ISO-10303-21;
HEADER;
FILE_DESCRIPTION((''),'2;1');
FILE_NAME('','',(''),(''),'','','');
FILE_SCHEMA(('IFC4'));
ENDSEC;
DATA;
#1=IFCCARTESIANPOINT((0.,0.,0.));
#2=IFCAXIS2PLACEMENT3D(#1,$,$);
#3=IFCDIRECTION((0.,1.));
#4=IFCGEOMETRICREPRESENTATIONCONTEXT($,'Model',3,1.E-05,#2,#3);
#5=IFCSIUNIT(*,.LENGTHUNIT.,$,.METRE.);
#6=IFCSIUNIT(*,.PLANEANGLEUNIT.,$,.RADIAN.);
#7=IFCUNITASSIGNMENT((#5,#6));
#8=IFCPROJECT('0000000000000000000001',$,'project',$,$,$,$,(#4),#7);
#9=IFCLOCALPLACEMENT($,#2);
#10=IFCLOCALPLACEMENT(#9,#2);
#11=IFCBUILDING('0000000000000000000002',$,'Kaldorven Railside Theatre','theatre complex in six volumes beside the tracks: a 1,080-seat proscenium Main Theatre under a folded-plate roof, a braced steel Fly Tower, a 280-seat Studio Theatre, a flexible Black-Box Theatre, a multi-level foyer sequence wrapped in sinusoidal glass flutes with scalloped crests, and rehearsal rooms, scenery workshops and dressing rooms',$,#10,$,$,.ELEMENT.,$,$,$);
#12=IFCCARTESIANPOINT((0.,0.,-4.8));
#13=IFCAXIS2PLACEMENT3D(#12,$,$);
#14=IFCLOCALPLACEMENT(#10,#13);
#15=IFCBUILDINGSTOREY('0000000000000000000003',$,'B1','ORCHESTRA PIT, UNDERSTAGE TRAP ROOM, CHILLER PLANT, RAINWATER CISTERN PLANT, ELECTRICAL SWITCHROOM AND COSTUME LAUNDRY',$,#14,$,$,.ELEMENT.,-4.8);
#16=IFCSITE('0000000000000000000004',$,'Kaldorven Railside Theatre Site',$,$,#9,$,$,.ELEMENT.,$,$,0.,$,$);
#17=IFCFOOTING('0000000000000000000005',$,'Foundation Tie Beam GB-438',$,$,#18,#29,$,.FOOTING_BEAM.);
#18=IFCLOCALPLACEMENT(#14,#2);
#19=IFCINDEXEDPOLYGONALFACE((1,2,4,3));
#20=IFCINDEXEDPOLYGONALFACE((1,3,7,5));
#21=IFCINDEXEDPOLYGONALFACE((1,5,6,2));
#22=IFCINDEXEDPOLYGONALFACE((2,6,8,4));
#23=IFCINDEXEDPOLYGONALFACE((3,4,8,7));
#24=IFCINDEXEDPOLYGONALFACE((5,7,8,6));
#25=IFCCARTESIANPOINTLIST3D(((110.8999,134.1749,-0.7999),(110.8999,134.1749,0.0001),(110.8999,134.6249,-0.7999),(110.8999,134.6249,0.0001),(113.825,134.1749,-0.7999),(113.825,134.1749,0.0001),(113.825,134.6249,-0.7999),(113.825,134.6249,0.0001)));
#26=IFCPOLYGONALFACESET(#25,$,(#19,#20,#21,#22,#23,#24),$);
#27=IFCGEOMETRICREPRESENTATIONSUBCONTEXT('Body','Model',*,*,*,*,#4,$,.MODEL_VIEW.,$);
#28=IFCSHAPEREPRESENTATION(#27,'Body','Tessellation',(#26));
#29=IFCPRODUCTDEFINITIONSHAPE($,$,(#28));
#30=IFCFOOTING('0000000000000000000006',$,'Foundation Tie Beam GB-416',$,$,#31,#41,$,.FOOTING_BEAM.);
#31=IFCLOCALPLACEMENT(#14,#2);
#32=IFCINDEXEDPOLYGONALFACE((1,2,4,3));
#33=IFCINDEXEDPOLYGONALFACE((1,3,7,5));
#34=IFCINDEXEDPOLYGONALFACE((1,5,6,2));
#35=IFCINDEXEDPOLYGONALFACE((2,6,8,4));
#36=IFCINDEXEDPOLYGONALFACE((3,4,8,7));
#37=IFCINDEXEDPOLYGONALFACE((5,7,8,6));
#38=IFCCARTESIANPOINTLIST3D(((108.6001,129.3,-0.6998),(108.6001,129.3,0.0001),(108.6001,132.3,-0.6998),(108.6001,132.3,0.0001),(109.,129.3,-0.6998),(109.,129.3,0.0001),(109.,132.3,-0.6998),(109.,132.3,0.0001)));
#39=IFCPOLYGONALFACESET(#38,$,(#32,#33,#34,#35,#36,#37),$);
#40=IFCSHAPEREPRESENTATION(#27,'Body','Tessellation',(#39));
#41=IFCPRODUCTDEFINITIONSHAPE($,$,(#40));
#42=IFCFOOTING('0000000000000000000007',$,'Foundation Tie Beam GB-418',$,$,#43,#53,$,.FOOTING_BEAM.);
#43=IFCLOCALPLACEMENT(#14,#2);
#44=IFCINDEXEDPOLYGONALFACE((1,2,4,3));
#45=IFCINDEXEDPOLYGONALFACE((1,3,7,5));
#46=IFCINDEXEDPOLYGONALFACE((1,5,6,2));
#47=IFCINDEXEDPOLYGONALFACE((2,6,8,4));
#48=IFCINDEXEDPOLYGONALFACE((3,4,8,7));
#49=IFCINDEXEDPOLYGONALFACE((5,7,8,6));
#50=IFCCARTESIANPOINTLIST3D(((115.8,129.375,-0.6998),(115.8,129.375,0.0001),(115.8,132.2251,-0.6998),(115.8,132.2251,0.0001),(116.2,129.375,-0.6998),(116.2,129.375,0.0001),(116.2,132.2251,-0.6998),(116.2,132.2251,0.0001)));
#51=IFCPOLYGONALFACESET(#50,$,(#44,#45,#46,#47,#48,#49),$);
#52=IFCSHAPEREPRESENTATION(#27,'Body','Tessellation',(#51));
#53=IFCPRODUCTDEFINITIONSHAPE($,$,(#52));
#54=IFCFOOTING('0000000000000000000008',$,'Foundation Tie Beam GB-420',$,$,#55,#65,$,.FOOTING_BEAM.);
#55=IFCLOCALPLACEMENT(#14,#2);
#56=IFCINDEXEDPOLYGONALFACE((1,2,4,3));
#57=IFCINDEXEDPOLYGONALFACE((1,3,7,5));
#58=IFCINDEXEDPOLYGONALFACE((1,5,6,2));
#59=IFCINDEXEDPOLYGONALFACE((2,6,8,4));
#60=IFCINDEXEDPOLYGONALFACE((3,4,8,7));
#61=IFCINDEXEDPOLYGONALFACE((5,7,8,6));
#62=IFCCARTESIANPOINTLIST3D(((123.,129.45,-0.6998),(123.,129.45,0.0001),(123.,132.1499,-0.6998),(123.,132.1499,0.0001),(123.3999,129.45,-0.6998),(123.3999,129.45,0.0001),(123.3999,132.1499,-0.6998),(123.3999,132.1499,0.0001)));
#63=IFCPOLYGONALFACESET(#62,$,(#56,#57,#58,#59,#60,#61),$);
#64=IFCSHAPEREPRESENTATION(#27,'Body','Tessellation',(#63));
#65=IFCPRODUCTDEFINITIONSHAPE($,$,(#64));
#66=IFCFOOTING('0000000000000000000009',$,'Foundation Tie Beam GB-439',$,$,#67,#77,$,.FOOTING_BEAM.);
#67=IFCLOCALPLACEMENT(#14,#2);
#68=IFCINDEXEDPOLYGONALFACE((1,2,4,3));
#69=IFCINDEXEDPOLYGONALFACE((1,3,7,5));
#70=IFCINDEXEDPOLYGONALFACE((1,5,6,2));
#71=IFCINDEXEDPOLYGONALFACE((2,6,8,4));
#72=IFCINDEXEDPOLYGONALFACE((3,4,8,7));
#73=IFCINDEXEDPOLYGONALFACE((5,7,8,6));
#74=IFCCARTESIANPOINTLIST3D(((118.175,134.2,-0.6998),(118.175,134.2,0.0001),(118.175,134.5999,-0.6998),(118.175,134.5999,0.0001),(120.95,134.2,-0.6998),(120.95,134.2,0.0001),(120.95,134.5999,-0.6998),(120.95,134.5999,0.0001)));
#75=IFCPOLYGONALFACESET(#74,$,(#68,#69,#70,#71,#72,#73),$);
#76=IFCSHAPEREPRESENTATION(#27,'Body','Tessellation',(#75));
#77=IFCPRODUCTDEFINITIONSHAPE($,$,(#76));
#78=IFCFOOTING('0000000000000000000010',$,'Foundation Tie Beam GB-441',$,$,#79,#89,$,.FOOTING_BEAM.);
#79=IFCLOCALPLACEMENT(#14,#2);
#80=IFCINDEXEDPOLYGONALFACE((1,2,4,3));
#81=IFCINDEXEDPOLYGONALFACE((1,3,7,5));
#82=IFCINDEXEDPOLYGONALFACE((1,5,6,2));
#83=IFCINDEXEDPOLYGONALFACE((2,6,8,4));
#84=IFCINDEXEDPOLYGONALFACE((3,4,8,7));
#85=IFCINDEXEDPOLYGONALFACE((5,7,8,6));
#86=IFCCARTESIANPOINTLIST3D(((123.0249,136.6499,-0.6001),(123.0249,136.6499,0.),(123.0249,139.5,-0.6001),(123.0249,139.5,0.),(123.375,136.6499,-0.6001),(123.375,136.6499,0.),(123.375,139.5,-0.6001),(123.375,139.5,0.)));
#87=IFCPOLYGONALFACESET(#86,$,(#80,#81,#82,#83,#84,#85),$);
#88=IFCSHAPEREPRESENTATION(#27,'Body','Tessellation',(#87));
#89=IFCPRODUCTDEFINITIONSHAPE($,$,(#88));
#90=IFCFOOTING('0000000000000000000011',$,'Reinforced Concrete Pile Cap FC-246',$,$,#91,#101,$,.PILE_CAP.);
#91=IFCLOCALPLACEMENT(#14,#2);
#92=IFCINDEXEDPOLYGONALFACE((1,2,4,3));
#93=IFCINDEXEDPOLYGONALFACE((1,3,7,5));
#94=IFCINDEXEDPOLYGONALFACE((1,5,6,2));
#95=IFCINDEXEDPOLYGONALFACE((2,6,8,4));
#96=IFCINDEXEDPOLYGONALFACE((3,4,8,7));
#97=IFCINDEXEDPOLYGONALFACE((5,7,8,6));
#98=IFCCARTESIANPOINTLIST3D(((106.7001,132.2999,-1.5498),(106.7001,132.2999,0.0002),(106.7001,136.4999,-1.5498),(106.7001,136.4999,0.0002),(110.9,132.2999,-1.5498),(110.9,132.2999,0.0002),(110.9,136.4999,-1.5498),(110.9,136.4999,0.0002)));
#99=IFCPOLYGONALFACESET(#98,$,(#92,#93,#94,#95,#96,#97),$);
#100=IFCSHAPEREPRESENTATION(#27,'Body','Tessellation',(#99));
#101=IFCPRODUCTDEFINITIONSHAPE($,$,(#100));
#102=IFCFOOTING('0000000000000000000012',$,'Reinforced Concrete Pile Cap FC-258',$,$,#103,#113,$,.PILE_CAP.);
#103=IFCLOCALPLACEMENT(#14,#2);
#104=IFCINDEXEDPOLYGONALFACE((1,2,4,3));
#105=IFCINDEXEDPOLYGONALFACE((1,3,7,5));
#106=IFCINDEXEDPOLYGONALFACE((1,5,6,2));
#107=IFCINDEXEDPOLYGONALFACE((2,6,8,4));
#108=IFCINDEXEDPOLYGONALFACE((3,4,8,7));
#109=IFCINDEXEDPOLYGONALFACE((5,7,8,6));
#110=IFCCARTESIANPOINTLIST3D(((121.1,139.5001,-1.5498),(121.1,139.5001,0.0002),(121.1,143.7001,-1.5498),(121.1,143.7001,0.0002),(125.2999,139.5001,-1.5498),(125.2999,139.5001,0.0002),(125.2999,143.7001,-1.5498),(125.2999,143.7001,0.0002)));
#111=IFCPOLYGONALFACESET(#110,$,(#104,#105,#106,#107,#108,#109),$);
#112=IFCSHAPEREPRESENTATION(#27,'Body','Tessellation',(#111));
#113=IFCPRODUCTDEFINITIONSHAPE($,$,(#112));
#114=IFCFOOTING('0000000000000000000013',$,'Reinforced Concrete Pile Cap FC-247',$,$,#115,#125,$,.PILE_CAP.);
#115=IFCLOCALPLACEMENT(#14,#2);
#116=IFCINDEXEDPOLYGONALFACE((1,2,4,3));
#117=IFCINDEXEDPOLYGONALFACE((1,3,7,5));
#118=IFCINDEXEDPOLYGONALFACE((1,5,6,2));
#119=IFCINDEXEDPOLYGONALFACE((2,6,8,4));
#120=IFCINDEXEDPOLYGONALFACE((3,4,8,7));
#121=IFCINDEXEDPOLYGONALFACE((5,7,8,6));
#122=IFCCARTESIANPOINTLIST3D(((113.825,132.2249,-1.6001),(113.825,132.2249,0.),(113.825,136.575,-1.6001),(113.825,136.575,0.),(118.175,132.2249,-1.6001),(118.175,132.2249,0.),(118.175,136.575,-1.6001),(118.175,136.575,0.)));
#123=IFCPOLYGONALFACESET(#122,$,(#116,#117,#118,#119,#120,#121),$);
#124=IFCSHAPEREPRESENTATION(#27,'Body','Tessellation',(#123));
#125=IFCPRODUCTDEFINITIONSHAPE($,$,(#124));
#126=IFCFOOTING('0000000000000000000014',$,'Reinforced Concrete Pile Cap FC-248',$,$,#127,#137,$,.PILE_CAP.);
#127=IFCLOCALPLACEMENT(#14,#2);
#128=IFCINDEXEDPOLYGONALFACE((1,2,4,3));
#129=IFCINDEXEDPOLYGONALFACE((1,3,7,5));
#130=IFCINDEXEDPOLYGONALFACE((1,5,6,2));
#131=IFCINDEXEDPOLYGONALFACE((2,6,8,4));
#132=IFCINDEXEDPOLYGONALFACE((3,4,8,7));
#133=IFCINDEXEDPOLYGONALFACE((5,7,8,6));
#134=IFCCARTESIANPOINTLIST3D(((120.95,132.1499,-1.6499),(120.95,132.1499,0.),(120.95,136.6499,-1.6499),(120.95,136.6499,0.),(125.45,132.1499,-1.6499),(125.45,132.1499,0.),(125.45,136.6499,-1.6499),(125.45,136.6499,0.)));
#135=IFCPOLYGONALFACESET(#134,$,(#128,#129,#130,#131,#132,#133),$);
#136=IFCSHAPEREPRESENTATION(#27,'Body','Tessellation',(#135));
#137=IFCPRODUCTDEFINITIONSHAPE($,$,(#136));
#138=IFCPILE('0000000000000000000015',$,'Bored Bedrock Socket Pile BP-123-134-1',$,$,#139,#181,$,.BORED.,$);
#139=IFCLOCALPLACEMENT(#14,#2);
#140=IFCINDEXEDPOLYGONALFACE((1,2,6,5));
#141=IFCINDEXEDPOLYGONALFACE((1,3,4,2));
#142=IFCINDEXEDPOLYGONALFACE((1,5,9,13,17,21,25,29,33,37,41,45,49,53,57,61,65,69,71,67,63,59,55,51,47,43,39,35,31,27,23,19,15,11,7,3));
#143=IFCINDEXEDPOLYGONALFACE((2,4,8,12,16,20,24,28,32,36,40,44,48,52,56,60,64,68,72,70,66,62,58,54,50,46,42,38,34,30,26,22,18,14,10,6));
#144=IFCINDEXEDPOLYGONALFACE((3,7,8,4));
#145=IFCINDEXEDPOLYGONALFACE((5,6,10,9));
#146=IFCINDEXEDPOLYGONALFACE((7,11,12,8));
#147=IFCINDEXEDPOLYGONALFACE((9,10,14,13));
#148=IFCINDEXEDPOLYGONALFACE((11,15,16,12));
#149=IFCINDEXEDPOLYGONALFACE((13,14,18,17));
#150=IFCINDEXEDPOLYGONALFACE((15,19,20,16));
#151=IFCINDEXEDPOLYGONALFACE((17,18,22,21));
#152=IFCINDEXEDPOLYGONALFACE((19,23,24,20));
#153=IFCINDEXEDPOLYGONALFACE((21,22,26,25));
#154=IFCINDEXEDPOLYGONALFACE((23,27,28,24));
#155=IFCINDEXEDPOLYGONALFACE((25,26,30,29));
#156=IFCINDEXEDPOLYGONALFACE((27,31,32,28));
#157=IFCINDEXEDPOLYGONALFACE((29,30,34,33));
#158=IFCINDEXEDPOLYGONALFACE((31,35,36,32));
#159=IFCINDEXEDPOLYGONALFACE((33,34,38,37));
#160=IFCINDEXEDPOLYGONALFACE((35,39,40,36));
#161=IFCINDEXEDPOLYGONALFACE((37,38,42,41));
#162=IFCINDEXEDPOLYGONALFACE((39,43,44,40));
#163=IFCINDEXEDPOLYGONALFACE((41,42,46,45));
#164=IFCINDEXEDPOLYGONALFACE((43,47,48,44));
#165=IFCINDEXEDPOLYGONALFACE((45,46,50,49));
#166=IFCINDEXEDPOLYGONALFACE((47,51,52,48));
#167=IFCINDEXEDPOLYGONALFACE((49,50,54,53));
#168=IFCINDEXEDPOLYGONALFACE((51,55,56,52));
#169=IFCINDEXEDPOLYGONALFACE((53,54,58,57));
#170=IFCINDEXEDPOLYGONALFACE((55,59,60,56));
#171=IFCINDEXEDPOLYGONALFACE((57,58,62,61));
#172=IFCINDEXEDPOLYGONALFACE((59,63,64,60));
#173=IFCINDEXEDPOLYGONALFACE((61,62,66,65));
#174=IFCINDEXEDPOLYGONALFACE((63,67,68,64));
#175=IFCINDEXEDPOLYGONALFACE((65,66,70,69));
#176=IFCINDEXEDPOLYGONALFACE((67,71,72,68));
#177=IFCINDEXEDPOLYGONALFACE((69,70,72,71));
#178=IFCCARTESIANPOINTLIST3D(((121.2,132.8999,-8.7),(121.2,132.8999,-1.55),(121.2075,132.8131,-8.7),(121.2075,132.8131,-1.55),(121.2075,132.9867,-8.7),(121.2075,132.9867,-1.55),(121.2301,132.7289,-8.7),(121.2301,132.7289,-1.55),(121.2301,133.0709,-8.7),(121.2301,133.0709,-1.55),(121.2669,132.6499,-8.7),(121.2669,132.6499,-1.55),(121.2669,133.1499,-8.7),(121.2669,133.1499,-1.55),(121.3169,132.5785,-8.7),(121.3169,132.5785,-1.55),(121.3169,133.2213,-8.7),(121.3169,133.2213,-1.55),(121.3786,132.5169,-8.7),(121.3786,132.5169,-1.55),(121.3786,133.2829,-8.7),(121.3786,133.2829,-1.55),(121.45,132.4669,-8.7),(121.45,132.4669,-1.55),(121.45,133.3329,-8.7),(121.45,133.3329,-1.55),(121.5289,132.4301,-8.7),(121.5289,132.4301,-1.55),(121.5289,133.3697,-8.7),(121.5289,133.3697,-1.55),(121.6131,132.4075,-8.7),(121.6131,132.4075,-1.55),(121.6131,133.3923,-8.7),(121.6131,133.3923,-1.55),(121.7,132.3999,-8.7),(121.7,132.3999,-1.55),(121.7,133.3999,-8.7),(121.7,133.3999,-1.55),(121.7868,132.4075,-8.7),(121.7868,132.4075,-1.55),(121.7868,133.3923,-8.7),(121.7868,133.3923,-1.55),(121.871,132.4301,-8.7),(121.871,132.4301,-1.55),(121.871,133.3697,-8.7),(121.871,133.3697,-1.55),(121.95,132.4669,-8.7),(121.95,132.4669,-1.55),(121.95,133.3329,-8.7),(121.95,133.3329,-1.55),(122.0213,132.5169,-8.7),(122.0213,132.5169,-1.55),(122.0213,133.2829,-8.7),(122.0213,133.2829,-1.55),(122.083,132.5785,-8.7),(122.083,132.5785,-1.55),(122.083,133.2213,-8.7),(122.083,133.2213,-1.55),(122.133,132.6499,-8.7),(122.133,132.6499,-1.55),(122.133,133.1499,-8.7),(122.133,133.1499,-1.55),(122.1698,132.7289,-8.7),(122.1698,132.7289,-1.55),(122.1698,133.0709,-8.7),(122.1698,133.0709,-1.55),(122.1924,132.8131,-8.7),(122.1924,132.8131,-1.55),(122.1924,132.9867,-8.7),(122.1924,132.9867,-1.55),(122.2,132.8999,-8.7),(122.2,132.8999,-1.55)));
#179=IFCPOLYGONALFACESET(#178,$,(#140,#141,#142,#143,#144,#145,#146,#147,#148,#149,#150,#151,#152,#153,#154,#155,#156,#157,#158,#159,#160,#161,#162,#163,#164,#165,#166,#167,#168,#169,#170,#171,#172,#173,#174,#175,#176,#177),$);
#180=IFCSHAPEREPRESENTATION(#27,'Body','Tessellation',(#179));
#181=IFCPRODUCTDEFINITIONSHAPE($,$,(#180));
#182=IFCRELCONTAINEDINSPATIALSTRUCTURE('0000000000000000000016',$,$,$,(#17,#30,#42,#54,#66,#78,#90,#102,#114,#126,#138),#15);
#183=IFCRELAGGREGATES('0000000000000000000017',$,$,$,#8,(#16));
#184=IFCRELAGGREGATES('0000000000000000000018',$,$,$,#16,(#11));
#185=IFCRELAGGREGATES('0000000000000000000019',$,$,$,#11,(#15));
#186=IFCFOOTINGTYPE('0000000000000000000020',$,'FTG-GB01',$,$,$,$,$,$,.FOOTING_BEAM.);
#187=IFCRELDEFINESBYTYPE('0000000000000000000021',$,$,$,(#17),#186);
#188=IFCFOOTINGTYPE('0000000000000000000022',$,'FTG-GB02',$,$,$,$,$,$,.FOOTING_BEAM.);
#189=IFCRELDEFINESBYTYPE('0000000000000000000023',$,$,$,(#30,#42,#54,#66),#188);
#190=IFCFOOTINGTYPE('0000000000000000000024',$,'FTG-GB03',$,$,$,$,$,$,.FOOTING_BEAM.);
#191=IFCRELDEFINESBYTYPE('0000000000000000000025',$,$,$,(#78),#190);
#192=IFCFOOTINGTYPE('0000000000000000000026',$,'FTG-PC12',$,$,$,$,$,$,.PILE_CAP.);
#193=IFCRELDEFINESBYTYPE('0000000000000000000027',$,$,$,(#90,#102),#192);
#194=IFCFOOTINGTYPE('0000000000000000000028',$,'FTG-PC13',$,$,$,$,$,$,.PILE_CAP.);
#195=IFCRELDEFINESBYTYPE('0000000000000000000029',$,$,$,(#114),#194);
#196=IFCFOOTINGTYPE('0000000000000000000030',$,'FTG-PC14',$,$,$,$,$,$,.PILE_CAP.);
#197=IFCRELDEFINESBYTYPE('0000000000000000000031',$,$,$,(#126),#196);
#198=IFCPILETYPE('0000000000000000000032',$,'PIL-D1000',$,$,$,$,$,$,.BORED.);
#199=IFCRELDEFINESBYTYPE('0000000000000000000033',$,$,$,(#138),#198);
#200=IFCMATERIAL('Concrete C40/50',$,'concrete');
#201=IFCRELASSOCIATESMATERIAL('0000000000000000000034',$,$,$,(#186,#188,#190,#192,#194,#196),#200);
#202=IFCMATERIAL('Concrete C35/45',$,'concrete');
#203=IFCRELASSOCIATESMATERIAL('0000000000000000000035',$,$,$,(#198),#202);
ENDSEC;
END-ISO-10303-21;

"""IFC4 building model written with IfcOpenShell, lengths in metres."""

from ifc_helpers import new_model, si_unit, direction, frame, origin, origin_2d, place, context, subcontext, project, spatial, rectangle, circle, extrude, material, material_profile, profile_set, type_object, element, save


model = new_model("IFC4")

# Units and contexts
model_context = context("Model", 3, precision=1e-05, world=origin(), true_north=direction((0.0, 1.0)))
body_context = subcontext(model_context, "Body", "Model", "MODEL_VIEW")
ifc_project = project(units=[si_unit("LENGTHUNIT", "METRE"), si_unit("PLANEANGLEUNIT", "RADIAN")], contexts=[model_context])

# Site, building, storey
site_placement = place(None, origin())
site = spatial("IfcSite", under=ifc_project, at=site_placement, Name="Kaldorven Railside Theatre Site", CompositionType="ELEMENT", RefElevation=0.0)
building_placement = place(site_placement, origin())
building = spatial("IfcBuilding", under=site, at=building_placement, Name="Kaldorven Railside Theatre", Description="theatre complex in six volumes beside the tracks: a 1,080-seat proscenium Main Theatre under a folded-plate roof, a braced steel Fly Tower, a 280-seat Studio Theatre, a flexible Black-Box Theatre, a multi-level foyer sequence wrapped in sinusoidal glass flutes with scalloped crests, and rehearsal rooms, scenery workshops and dressing rooms", CompositionType="ELEMENT")
storey_placement = place(building_placement, frame((0.0, 0.0, -4.8)))
storey = spatial("IfcBuildingStorey", under=building, at=storey_placement, Name="B1", Description="ORCHESTRA PIT, UNDERSTAGE TRAP ROOM, CHILLER PLANT, RAINWATER CISTERN PLANT, ELECTRICAL SWITCHROOM AND COSTUME LAUNDRY", CompositionType="ELEMENT", Elevation=-4.8)

# Footings
ifc_material_1 = material(Name="Concrete C40/50", Category="concrete")
ifc_material_profile_1 = material_profile(ifc_material_1, rectangle(XDim=0.45, YDim=0.8, at=origin_2d()), Name="RC 450x800")
ifc_profile_set_1 = profile_set([ifc_material_profile_1], Name="Concrete C40/50")
footing_type_1 = type_object("IfcFootingType", Name="FTG-GB01", PredefinedType="FOOTING_BEAM", material=ifc_profile_set_1)
footing_1_placement = place(storey_placement, frame((110.8999, 134.3999, -0.3999), z_axis=(1.0, 0.0, 0.0), x_axis=(0.0, 1.0, 0.0)))
element("IfcFooting", 1, at=footing_1_placement, inside=storey, type_object=footing_type_1, Name="Foundation Tie Beam GB-438", PredefinedType="FOOTING_BEAM", context=body_context, shape_type="SweptSolid", body=[
    extrude(rectangle(XDim=0.45, YDim=0.8, at=origin_2d()), origin(), (0.0, 0.0, 1.0), 2.925),
])
ifc_material_profile_2 = material_profile(ifc_material_1, rectangle(XDim=0.3999, YDim=0.7, at=origin_2d()), Name="RC 400x700")
ifc_profile_set_2 = profile_set([ifc_material_profile_2], Name="Concrete C40/50")
footing_type_2 = type_object("IfcFootingType", Name="FTG-GB02", PredefinedType="FOOTING_BEAM", material=ifc_profile_set_2)
footing_2_placement = place(storey_placement, frame((108.8, 129.3, -0.3499), z_axis=(0.0, 1.0, 0.0), x_axis=(-1.0, 0.0, 0.0)))
element("IfcFooting", 2, at=footing_2_placement, inside=storey, type_object=footing_type_2, Name="Foundation Tie Beam GB-416", PredefinedType="FOOTING_BEAM", context=body_context, shape_type="SweptSolid", body=[
    extrude(rectangle(XDim=0.3999, YDim=0.7, at=origin_2d()), origin(), (0.0, 0.0, 1.0), 3.0),
])
footing_3_placement = place(storey_placement, frame((116.0, 129.375, -0.3499), z_axis=(0.0, 1.0, 0.0), x_axis=(-1.0, 0.0, 0.0)))
element("IfcFooting", 3, at=footing_3_placement, inside=storey, type_object=footing_type_2, Name="Foundation Tie Beam GB-418", PredefinedType="FOOTING_BEAM", context=body_context, shape_type="SweptSolid", body=[
    extrude(rectangle(XDim=0.3999, YDim=0.7, at=origin_2d()), origin(), (0.0, 0.0, 1.0), 2.8501),
])
footing_4_placement = place(storey_placement, frame((123.2, 129.45, -0.3499), z_axis=(0.0, 1.0, 0.0), x_axis=(-1.0, 0.0, 0.0)))
element("IfcFooting", 4, at=footing_4_placement, inside=storey, type_object=footing_type_2, Name="Foundation Tie Beam GB-420", PredefinedType="FOOTING_BEAM", context=body_context, shape_type="SweptSolid", body=[
    extrude(rectangle(XDim=0.3999, YDim=0.7, at=origin_2d()), origin(), (0.0, 0.0, 1.0), 2.7),
])
footing_5_placement = place(storey_placement, frame((118.175, 134.3999, -0.3499), z_axis=(1.0, 0.0, 0.0), x_axis=(0.0, 1.0, 0.0)))
element("IfcFooting", 5, at=footing_5_placement, inside=storey, type_object=footing_type_2, Name="Foundation Tie Beam GB-439", PredefinedType="FOOTING_BEAM", context=body_context, shape_type="SweptSolid", body=[
    extrude(rectangle(XDim=0.3999, YDim=0.7, at=origin_2d()), origin(), (0.0, 0.0, 1.0), 2.7749),
])
ifc_material_profile_3 = material_profile(ifc_material_1, rectangle(XDim=0.3501, YDim=0.6001, at=origin_2d()), Name="RC 350x600")
ifc_profile_set_3 = profile_set([ifc_material_profile_3], Name="Concrete C40/50")
footing_type_3 = type_object("IfcFootingType", Name="FTG-GB03", PredefinedType="FOOTING_BEAM", material=ifc_profile_set_3)
footing_6_placement = place(storey_placement, frame((123.2, 136.6499, -0.3), z_axis=(0.0, 1.0, 0.0), x_axis=(-1.0, 0.0, 0.0)))
element("IfcFooting", 6, at=footing_6_placement, inside=storey, type_object=footing_type_3, Name="Foundation Tie Beam GB-441", PredefinedType="FOOTING_BEAM", context=body_context, shape_type="SweptSolid", body=[
    extrude(rectangle(XDim=0.3501, YDim=0.6001, at=origin_2d()), origin(), (0.0, 0.0, 1.0), 2.8501),
])
footing_type_4 = type_object("IfcFootingType", Name="FTG-PC12", PredefinedType="PILE_CAP", material=ifc_material_1)
for number, where, z_axis, x_axis, name in (
    (7, (108.8, 134.3999, -1.5498), (0.0, 0.0, 1.0), (1.0, 0.0, 0.0), "Reinforced Concrete Pile Cap FC-246"),
    (8, (123.2, 141.6001, -1.5498), (0.0, 0.0, 1.0), (1.0, 0.0, 0.0), "Reinforced Concrete Pile Cap FC-258"),
):
    element("IfcFooting", number, at=place(storey_placement, frame(where, z_axis=z_axis, x_axis=x_axis)), inside=storey, type_object=footing_type_4, Name=name, PredefinedType="PILE_CAP", context=body_context, shape_type="SweptSolid", body=[
        extrude(rectangle(XDim=4.2, YDim=4.2, at=origin_2d()), origin(), (0.0, 0.0, 1.0), 1.55),
    ])
footing_type_5 = type_object("IfcFootingType", Name="FTG-PC13", PredefinedType="PILE_CAP", material=ifc_material_1)
footing_7_placement = place(storey_placement, frame((116.0, 134.3999, -1.6001), z_axis=(0.0, 0.0, 1.0), x_axis=(1.0, 0.0, 0.0)))
element("IfcFooting", 9, at=footing_7_placement, inside=storey, type_object=footing_type_5, Name="Reinforced Concrete Pile Cap FC-247", PredefinedType="PILE_CAP", context=body_context, shape_type="SweptSolid", body=[
    extrude(rectangle(XDim=4.3501, YDim=4.3501, at=origin_2d()), origin(), (0.0, 0.0, 1.0), 1.6001),
])
footing_type_6 = type_object("IfcFootingType", Name="FTG-PC14", PredefinedType="PILE_CAP", material=ifc_material_1)
footing_8_placement = place(storey_placement, frame((123.2, 134.3999, -1.6499), z_axis=(0.0, 0.0, 1.0), x_axis=(1.0, 0.0, 0.0)))
element("IfcFooting", 10, at=footing_8_placement, inside=storey, type_object=footing_type_6, Name="Reinforced Concrete Pile Cap FC-248", PredefinedType="PILE_CAP", context=body_context, shape_type="SweptSolid", body=[
    extrude(rectangle(XDim=4.5, YDim=4.5, at=origin_2d()), origin(), (0.0, 0.0, 1.0), 1.6499),
])

# Pile
ifc_material_2 = material(Name="Concrete C35/45", Category="concrete")
ifc_material_profile_4 = material_profile(ifc_material_2, circle(Radius=0.5, at=origin_2d()), Name="BP D1000")
ifc_profile_set_4 = profile_set([ifc_material_profile_4], Name="Concrete C35/45")
pile_type_1 = type_object("IfcPileType", Name="PIL-D1000", PredefinedType="BORED", material=ifc_profile_set_4)
for number, where, z_axis, x_axis, name in (
    (11, (121.7, 132.8999, -1.55), (0.0, 0.0, -1.0), (1.0, 0.0, 0.0), "Bored Bedrock Socket Pile BP-123-134-1"),
):
    element("IfcPile", number, at=place(storey_placement, frame(where, z_axis=z_axis, x_axis=x_axis)), inside=storey, type_object=pile_type_1, Name=name, PredefinedType="BORED", context=body_context, shape_type="SweptSolid", body=[
        extrude(circle(Radius=0.5, at=origin_2d()), origin(), (0.0, 0.0, 1.0), 7.1499),
    ])

save(model, "model.ifc")
